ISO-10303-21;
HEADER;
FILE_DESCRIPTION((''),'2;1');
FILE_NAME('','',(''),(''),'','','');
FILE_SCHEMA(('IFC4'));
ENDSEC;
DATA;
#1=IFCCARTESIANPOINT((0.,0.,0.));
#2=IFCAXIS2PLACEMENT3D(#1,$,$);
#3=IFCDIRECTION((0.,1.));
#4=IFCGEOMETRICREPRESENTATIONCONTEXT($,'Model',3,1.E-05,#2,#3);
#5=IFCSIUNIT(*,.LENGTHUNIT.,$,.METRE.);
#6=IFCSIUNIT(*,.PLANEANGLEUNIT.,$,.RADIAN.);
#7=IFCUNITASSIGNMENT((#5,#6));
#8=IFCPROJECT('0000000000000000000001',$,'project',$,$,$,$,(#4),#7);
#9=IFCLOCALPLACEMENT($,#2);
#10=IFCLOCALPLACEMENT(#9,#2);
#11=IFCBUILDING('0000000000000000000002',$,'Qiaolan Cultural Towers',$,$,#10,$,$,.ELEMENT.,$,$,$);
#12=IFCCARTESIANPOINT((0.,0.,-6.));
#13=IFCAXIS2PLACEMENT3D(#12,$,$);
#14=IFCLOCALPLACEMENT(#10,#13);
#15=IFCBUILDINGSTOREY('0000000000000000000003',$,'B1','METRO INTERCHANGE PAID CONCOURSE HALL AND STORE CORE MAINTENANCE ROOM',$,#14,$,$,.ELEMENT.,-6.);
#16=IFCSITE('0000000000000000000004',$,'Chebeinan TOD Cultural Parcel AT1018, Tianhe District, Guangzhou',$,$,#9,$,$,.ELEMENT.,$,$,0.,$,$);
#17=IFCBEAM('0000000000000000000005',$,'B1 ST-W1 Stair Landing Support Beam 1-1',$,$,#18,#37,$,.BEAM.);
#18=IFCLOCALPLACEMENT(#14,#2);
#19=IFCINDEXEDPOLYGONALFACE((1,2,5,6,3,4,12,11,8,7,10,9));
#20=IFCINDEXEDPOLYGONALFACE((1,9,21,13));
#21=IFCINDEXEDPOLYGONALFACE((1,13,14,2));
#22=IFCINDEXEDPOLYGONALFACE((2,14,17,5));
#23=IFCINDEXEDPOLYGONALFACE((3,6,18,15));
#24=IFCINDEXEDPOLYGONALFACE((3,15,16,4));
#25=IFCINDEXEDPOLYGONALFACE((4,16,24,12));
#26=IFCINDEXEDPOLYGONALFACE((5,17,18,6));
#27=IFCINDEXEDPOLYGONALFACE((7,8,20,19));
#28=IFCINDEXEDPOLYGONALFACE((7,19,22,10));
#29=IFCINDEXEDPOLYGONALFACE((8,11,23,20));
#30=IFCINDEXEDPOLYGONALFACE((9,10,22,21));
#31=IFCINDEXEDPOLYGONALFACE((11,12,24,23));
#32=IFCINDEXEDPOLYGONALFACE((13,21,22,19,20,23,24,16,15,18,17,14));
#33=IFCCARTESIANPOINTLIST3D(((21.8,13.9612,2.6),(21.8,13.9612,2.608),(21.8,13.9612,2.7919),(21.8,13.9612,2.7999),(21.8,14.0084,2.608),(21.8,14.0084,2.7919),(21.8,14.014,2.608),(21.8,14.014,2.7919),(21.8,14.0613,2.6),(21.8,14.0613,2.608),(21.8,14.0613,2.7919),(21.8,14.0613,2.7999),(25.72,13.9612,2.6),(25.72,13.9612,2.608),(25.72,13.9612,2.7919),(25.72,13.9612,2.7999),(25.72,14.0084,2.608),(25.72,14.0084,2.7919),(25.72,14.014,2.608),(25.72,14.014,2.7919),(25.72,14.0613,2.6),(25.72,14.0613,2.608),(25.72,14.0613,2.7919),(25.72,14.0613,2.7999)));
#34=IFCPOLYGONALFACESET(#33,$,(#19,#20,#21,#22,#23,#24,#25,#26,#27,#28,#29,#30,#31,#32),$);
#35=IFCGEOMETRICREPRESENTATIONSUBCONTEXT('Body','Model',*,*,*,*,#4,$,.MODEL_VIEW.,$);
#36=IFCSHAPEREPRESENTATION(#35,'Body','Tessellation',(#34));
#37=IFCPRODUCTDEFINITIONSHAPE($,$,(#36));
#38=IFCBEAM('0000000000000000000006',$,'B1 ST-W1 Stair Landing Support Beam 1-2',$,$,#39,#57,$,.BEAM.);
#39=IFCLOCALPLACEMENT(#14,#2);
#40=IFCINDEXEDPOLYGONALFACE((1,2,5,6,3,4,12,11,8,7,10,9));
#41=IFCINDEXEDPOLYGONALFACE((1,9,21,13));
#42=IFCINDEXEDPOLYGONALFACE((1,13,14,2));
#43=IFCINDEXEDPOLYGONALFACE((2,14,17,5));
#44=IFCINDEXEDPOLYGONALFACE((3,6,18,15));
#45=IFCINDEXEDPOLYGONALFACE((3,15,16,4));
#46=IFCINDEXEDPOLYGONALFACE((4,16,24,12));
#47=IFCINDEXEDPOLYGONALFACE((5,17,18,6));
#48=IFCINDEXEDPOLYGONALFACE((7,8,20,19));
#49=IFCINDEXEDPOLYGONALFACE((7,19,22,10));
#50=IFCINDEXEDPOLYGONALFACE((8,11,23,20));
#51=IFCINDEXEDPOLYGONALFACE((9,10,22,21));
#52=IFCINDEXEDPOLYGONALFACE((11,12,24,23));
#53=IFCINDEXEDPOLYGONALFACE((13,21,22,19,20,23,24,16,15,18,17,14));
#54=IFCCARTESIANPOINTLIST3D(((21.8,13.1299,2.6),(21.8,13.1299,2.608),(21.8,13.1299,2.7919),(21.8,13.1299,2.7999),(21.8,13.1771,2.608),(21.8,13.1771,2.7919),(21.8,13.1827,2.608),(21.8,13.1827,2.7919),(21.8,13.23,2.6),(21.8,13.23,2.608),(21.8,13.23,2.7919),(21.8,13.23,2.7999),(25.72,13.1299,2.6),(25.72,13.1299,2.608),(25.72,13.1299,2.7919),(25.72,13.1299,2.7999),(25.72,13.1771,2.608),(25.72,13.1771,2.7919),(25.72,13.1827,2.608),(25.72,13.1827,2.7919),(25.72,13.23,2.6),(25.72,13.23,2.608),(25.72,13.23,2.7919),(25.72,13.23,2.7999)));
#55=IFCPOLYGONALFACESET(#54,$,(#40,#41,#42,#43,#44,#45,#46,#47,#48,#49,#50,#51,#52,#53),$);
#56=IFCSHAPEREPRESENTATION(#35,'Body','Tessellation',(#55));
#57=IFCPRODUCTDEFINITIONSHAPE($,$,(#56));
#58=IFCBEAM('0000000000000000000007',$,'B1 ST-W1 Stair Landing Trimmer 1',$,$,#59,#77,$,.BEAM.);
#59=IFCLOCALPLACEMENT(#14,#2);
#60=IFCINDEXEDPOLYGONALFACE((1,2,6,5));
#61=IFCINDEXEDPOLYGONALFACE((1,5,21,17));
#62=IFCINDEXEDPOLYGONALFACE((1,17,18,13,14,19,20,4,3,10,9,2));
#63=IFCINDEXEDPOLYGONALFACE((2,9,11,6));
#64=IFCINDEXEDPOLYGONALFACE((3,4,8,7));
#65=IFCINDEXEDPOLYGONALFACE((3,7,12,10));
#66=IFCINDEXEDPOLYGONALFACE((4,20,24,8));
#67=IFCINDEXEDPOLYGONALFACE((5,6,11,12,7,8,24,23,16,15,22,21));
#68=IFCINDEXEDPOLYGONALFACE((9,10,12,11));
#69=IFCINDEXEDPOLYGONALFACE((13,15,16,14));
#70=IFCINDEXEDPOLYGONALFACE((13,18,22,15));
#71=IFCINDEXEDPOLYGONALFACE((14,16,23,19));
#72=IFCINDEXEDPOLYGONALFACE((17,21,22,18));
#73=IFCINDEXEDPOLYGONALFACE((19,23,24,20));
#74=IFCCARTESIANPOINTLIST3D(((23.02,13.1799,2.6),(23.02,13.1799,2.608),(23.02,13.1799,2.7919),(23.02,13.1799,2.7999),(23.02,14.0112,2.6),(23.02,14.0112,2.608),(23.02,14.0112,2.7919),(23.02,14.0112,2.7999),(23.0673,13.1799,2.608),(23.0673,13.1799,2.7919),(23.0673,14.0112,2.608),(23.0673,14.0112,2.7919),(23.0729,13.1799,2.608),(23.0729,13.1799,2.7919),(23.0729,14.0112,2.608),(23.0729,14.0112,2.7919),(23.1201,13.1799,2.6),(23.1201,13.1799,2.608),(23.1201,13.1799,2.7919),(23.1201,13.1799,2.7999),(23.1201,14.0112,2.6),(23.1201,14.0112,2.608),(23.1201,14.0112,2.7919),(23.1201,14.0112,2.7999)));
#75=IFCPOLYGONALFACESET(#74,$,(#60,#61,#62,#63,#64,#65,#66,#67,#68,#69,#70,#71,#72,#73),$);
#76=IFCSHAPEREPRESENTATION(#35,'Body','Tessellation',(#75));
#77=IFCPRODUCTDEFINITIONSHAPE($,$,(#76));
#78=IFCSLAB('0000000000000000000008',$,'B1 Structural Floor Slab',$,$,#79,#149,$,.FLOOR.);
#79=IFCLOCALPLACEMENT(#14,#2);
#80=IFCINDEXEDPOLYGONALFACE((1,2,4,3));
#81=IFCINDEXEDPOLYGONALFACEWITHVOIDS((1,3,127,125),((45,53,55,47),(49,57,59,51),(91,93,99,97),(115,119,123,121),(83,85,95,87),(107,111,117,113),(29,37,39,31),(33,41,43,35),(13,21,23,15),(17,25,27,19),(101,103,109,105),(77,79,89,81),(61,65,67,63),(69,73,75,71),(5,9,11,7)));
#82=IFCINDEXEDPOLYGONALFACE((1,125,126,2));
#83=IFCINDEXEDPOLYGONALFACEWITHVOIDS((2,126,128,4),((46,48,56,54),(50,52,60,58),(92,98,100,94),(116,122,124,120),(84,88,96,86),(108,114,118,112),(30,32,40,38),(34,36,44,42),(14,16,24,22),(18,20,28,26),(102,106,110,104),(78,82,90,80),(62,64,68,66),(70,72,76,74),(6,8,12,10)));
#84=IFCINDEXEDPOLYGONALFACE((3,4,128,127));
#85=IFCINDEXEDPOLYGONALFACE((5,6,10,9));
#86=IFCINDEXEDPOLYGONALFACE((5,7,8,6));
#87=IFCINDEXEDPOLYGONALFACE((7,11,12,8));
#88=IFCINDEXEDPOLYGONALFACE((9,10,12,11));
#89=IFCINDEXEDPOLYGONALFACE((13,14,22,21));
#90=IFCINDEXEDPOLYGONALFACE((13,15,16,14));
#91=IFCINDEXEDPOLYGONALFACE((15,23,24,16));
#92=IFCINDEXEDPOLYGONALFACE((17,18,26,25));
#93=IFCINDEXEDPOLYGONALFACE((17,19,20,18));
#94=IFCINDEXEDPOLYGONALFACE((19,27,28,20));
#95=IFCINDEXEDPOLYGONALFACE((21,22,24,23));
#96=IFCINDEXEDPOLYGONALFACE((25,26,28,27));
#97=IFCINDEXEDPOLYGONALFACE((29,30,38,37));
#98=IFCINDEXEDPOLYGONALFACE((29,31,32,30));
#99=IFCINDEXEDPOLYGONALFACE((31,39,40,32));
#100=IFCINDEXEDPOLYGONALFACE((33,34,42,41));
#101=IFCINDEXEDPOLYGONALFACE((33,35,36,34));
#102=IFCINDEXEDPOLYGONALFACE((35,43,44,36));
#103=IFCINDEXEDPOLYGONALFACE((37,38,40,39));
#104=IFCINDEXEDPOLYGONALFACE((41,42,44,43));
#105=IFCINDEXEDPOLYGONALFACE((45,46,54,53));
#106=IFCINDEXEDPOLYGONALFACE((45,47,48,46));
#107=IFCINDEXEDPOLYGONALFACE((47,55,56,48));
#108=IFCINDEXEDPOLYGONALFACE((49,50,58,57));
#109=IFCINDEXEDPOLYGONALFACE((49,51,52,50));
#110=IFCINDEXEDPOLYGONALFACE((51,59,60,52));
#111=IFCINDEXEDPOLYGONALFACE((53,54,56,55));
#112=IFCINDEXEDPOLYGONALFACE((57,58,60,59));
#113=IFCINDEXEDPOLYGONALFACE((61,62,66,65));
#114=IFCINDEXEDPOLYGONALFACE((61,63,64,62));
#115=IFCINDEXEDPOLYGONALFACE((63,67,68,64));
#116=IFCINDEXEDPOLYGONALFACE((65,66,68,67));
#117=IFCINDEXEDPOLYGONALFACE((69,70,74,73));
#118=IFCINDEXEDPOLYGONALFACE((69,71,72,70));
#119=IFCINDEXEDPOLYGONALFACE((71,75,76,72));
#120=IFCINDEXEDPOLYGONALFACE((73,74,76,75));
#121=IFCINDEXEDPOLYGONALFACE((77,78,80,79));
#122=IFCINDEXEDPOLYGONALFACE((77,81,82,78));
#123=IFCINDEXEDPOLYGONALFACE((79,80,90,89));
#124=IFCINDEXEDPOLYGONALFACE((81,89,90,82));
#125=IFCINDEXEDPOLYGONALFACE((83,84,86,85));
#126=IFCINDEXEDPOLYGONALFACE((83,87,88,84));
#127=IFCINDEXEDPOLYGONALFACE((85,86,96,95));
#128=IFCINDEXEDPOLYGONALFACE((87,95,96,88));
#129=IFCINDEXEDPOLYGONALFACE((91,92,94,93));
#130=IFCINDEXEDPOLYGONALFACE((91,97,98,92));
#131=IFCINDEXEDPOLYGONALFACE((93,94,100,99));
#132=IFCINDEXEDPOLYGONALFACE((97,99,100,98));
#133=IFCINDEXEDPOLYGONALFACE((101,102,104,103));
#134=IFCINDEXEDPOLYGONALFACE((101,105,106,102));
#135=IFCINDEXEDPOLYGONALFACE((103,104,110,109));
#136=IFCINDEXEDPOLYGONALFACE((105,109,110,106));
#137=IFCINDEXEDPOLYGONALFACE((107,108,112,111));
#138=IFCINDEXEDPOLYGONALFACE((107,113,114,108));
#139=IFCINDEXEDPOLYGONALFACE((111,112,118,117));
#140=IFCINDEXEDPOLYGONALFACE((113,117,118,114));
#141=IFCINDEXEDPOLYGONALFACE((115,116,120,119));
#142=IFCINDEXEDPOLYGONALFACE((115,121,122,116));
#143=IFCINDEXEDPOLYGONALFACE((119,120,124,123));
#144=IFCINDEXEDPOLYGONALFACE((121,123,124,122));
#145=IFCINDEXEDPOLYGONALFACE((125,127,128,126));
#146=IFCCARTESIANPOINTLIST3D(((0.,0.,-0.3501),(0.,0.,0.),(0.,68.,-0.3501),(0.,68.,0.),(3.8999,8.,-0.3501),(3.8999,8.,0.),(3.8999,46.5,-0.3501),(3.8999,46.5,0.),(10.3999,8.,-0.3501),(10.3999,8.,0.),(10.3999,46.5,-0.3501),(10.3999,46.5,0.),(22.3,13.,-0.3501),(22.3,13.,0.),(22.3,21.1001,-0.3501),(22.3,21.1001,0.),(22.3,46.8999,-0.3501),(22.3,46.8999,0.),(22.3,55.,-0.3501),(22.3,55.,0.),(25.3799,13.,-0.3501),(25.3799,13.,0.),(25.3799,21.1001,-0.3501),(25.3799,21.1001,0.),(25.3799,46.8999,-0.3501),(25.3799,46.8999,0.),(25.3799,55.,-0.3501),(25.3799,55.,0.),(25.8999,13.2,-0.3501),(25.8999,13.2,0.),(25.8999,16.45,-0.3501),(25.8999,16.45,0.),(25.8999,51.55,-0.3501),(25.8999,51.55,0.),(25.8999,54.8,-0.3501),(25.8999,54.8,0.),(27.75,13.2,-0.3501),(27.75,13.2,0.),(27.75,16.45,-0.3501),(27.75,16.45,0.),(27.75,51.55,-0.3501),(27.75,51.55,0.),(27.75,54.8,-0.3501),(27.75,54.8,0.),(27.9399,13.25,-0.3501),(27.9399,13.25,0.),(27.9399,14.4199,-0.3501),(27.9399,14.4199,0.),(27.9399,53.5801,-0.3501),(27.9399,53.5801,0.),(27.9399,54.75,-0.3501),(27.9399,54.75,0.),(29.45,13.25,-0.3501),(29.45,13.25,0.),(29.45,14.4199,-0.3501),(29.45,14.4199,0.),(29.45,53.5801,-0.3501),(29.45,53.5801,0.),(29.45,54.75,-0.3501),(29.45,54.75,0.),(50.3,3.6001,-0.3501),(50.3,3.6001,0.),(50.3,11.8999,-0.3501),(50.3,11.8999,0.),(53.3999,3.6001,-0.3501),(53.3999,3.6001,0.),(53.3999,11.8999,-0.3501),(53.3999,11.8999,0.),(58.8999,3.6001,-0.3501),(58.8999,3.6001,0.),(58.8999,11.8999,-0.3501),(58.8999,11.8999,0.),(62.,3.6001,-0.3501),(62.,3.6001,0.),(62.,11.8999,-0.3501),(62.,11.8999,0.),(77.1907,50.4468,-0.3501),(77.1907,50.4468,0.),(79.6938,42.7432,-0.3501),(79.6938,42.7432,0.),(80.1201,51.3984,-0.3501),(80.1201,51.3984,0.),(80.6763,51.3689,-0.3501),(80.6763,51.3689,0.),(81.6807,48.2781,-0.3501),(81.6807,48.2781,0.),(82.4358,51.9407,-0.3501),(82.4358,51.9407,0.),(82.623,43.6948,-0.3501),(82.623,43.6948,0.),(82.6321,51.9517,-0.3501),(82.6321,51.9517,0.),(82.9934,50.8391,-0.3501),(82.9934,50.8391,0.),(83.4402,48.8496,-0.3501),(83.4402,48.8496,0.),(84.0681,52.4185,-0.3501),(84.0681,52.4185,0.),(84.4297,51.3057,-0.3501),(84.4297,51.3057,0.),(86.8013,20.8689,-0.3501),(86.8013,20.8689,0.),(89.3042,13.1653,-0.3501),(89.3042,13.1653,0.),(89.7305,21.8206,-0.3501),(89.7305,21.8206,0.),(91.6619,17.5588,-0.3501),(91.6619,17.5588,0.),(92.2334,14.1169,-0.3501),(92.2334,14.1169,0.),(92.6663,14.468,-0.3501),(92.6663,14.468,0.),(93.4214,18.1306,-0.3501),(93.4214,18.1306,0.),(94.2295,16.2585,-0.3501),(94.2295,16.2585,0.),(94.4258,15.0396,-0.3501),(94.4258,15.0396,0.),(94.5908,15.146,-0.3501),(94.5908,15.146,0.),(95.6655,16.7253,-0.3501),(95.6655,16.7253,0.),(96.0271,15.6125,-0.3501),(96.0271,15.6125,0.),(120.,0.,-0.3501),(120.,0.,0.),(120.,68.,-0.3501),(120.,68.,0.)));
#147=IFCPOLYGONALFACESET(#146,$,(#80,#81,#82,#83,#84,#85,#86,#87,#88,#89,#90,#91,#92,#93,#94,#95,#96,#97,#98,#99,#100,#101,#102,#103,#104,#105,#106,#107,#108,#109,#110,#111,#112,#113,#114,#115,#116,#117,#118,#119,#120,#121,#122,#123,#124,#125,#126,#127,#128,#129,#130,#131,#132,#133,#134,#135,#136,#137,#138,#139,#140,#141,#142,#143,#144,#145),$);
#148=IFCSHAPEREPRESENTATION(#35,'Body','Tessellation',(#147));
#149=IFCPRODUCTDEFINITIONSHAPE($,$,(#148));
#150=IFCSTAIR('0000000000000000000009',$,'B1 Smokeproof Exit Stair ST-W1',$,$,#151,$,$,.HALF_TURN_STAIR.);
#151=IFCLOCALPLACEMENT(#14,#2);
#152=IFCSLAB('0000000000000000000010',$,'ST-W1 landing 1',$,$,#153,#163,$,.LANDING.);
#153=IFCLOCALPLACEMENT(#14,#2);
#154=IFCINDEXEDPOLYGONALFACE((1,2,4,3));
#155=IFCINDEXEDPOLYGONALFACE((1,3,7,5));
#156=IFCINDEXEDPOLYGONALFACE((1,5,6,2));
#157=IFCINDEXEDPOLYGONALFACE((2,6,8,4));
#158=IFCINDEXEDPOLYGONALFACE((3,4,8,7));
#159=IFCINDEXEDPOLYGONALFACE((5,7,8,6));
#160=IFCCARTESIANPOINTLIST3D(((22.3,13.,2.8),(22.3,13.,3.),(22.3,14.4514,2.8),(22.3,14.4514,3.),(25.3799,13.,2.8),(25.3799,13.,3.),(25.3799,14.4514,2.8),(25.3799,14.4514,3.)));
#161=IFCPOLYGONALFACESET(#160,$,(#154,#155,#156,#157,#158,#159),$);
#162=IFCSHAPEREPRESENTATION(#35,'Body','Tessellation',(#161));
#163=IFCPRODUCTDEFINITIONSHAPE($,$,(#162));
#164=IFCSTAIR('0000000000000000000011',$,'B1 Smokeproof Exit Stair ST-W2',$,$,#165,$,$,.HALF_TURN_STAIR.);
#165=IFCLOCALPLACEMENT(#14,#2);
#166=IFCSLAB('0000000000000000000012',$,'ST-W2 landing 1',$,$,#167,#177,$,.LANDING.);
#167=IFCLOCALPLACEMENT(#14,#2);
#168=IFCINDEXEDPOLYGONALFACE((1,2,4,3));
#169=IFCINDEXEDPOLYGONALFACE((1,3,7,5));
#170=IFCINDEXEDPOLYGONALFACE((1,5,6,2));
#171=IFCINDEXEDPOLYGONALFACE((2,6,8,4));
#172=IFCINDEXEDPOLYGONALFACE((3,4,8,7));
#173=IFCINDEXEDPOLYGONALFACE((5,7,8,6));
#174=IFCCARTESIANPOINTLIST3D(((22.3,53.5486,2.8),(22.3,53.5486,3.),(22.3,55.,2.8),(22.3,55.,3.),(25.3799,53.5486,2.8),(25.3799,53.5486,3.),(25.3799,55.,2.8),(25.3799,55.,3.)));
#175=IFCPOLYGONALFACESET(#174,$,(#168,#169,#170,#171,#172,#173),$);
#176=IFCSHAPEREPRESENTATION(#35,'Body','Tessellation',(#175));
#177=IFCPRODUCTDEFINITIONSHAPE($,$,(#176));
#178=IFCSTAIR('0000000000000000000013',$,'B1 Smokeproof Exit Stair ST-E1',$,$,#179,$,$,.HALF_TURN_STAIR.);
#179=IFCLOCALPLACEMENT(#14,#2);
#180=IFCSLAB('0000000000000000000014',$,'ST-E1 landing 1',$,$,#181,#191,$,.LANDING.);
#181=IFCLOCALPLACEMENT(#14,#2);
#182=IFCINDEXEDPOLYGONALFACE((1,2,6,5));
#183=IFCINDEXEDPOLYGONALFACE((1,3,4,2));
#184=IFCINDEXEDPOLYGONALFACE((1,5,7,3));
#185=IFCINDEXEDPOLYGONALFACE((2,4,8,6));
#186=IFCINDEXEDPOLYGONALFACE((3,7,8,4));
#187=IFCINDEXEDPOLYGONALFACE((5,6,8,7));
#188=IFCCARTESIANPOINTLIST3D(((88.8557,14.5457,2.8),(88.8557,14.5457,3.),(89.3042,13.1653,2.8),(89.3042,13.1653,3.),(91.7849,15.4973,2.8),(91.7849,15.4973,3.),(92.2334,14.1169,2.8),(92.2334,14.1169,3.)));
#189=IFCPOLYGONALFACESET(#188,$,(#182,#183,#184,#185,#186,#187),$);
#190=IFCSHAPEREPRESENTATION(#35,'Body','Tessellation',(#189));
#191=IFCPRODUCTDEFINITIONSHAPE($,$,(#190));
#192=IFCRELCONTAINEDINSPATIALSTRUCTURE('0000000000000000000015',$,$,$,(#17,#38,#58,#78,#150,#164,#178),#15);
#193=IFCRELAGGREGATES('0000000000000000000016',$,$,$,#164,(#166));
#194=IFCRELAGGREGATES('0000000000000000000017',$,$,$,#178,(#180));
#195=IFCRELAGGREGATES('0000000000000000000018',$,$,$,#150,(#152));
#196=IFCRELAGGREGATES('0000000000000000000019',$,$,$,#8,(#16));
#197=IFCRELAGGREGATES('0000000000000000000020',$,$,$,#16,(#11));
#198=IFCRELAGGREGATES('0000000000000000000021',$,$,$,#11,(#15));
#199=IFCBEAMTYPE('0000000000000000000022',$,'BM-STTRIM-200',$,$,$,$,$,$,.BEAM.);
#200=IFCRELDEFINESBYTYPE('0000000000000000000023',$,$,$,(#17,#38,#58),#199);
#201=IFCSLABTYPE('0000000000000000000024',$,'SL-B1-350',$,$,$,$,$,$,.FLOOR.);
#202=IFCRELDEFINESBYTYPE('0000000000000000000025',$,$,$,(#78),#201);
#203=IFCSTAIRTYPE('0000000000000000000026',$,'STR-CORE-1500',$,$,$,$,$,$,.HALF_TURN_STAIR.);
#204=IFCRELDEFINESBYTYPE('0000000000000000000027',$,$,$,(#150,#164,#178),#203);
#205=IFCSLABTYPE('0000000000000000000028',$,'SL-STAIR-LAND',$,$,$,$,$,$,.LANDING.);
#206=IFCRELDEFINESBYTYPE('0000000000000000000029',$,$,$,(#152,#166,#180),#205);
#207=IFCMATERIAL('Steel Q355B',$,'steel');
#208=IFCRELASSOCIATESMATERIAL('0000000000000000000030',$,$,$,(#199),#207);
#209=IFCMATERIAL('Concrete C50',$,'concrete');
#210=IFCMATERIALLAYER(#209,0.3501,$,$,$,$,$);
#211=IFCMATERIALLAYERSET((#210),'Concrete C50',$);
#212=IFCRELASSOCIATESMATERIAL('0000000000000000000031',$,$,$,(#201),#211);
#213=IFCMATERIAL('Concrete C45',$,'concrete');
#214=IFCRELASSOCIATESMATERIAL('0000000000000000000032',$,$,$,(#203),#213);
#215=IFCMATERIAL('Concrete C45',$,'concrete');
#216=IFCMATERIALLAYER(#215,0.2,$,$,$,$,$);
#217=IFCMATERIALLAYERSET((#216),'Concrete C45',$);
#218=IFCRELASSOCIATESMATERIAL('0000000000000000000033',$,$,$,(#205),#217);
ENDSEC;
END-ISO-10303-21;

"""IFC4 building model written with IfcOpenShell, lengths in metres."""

from ifc_helpers import new_model, si_unit, direction, frame, origin, origin_2d, place, context, subcontext, project, spatial, polyline, i_section, outline, extrude, material, layer, layer_set, material_profile, profile_set, type_object, element, aggregate, save


model = new_model("IFC4")

# Units and contexts
model_context = context("Model", 3, precision=1e-05, world=origin(), true_north=direction((0.0, 1.0)))
body_context = subcontext(model_context, "Body", "Model", "MODEL_VIEW")
ifc_project = project(units=[si_unit("LENGTHUNIT", "METRE"), si_unit("PLANEANGLEUNIT", "RADIAN")], contexts=[model_context])

# Site, building, storey
site_placement = place(None, origin())
site = spatial("IfcSite", under=ifc_project, at=site_placement, Name="Chebeinan TOD Cultural Parcel AT1018, Tianhe District, Guangzhou", CompositionType="ELEMENT", RefElevation=0.0)
building_placement = place(site_placement, origin())
building = spatial("IfcBuilding", under=site, at=building_placement, Name="Qiaolan Cultural Towers", CompositionType="ELEMENT")
storey_placement = place(building_placement, frame((0.0, 0.0, -6.0)))
storey = spatial("IfcBuildingStorey", under=building, at=storey_placement, Name="B1", Description="METRO INTERCHANGE PAID CONCOURSE HALL AND STORE CORE MAINTENANCE ROOM", CompositionType="ELEMENT", Elevation=-6.0)

# Beams
ifc_material_1 = material(Name="Steel Q355B", Category="steel")
ifc_material_profile_1 = material_profile(ifc_material_1, i_section(OverallWidth=0.1001, OverallDepth=0.2, WebThickness=0.0056, FlangeThickness=0.0081, at=origin_2d()), Name="HN200x100x5.5x8")
ifc_profile_set_1 = profile_set([ifc_material_profile_1], Name="Steel Q355B")
beam_type_1 = type_object("IfcBeamType", Name="BM-STTRIM-200", PredefinedType="BEAM", material=ifc_profile_set_1)
for number, where, z_axis, x_axis, name in (
    (1, (21.8, 14.0112, 2.7), (1.0, 0.0, 0.0), (0.0, 1.0, 0.0), "B1 ST-W1 Stair Landing Support Beam 1-1"),
    (2, (21.8, 13.1799, 2.7), (1.0, 0.0, 0.0), (0.0, 1.0, 0.0), "B1 ST-W1 Stair Landing Support Beam 1-2"),
):
    element("IfcBeam", number, at=place(storey_placement, frame(where, z_axis=z_axis, x_axis=x_axis)), inside=storey, type_object=beam_type_1, Name=name, PredefinedType="BEAM", context=body_context, shape_type="SweptSolid", body=[
        extrude(i_section(OverallWidth=0.1001, OverallDepth=0.2, WebThickness=0.0056, FlangeThickness=0.0081, at=origin_2d()), origin(), (0.0, 0.0, 1.0), 3.9199),
    ])
beam_1_placement = place(storey_placement, frame((23.0701, 14.0112, 2.7), z_axis=(0.0, -1.0, 0.0), x_axis=(1.0, 0.0, 0.0)))
element("IfcBeam", 3, at=beam_1_placement, inside=storey, type_object=beam_type_1, Name="B1 ST-W1 Stair Landing Trimmer 1", PredefinedType="BEAM", context=body_context, shape_type="SweptSolid", body=[
    extrude(i_section(OverallWidth=0.1001, OverallDepth=0.2, WebThickness=0.0056, FlangeThickness=0.0081, at=origin_2d()), origin(), (0.0, 0.0, 1.0), 0.8313),
])

# Slab
ifc_material_2 = material(Name="Concrete C50", Category="concrete")
ifc_layer_1 = layer(ifc_material_2, 0.3501)
ifc_layer_set_1 = layer_set([ifc_layer_1], Name="Concrete C50")
slab_type_1 = type_object("IfcSlabType", Name="SL-B1-350", PredefinedType="FLOOR", material=ifc_layer_set_1)
slab_1_placement = place(storey_placement, frame((0.0, 0.0, -0.3501)))
element("IfcSlab", 4, at=slab_1_placement, inside=storey, type_object=slab_type_1, Name="B1 Structural Floor Slab", PredefinedType="FLOOR", context=body_context, shape_type="SweptSolid", body=[
    extrude(outline(polyline([(0.0, 0.0), (120.0, 0.0), (120.0, 68.0), (0.0, 68.0), (0.0, 0.0)]), holes=[polyline([(22.3, 21.1001), (22.3, 13.0), (25.3799, 13.0), (25.3799, 21.1001), (22.3, 21.1001)]), polyline([(25.3799, 46.8999), (25.3799, 55.0), (22.3, 55.0), (22.3, 46.8999), (25.3799, 46.8999)]), polyline([(86.8013, 20.8689), (89.3042, 13.1653), (92.2334, 14.1169), (89.7305, 21.8206), (86.8013, 20.8689)]), polyline([(82.623, 43.6948), (80.1201, 51.3984), (77.1907, 50.4468), (79.6938, 42.7432), (82.623, 43.6948)]), polyline([(53.3999, 3.6001), (53.3999, 11.8999), (50.3, 11.8999), (50.3, 3.6001), (53.3999, 3.6001)]), polyline([(62.0, 3.6001), (62.0, 11.8999), (58.8999, 11.8999), (58.8999, 3.6001), (62.0, 3.6001)]), polyline([(25.8999, 13.2), (27.75, 13.2), (27.75, 16.45), (25.8999, 16.45), (25.8999, 13.2)]), polyline([(27.9399, 13.25), (29.45, 13.25), (29.45, 14.4199), (27.9399, 14.4199), (27.9399, 13.25)]), polyline([(25.8999, 51.55), (27.75, 51.55), (27.75, 54.8), (25.8999, 54.8), (25.8999, 51.55)]), polyline([(27.9399, 53.5801), (29.45, 53.5801), (29.45, 54.75), (27.9399, 54.75), (27.9399, 53.5801)]), polyline([(92.6663, 14.468), (94.4258, 15.0396), (93.4214, 18.1306), (91.6619, 17.5588), (92.6663, 14.468)]), polyline([(94.5908, 15.146), (96.0271, 15.6125), (95.6655, 16.7253), (94.2295, 16.2585), (94.5908, 15.146)]), polyline([(81.6807, 48.2781), (83.4402, 48.8496), (82.4358, 51.9407), (80.6763, 51.3689), (81.6807, 48.2781)]), polyline([(82.9934, 50.8391), (84.4297, 51.3057), (84.0681, 52.4185), (82.6321, 51.9517), (82.9934, 50.8391)]), polyline([(3.8999, 8.0), (10.3999, 8.0), (10.3999, 46.5), (3.8999, 46.5), (3.8999, 8.0)])]), origin(), (0.0, 0.0, 1.0), 0.3501),
])

# Stairs, slabs
ifc_material_3 = material(Name="Concrete C45", Category="concrete")
stair_type_1 = type_object("IfcStairType", Name="STR-CORE-1500", PredefinedType="HALF_TURN_STAIR", material=ifc_material_3)
stair_1_placement = place(storey_placement, origin())
stair_1 = element("IfcStair", 5, at=stair_1_placement, inside=storey, type_object=stair_type_1, Name="B1 Smokeproof Exit Stair ST-W1", PredefinedType="HALF_TURN_STAIR")
ifc_material_4 = material(Name="Concrete C45", Category="concrete")
ifc_layer_2 = layer(ifc_material_4, 0.2)
ifc_layer_set_2 = layer_set([ifc_layer_2], Name="Concrete C45")
slab_type_2 = type_object("IfcSlabType", Name="SL-STAIR-LAND", PredefinedType="LANDING", material=ifc_layer_set_2)
slab_2_placement = place(storey_placement, frame((0.0, 0.0, 2.8)))
slab_2 = element("IfcSlab", 6, at=slab_2_placement, type_object=slab_type_2, Name="ST-W1 landing 1", PredefinedType="LANDING", context=body_context, shape_type="SweptSolid", body=[
    extrude(outline(polyline([(22.3, 14.4514), (22.3, 13.0), (25.3799, 13.0), (25.3799, 14.4514), (22.3, 14.4514)])), origin(), (0.0, 0.0, 1.0), 0.2),
])
stair_2_placement = place(storey_placement, origin())
stair_2 = element("IfcStair", 7, at=stair_2_placement, inside=storey, type_object=stair_type_1, Name="B1 Smokeproof Exit Stair ST-W2", PredefinedType="HALF_TURN_STAIR")
slab_3_placement = place(storey_placement, frame((0.0, 0.0, 2.8)))
slab_3 = element("IfcSlab", 8, at=slab_3_placement, type_object=slab_type_2, Name="ST-W2 landing 1", PredefinedType="LANDING", context=body_context, shape_type="SweptSolid", body=[
    extrude(outline(polyline([(25.3799, 53.5486), (25.3799, 55.0), (22.3, 55.0), (22.3, 53.5486), (25.3799, 53.5486)])), origin(), (0.0, 0.0, 1.0), 0.2),
])
aggregate(stair_2, [slab_3])
stair_3_placement = place(storey_placement, origin())
stair_3 = element("IfcStair", 9, at=stair_3_placement, inside=storey, type_object=stair_type_1, Name="B1 Smokeproof Exit Stair ST-E1", PredefinedType="HALF_TURN_STAIR")
slab_4_placement = place(storey_placement, frame((0.0, 0.0, 2.8)))
slab_4 = element("IfcSlab", 10, at=slab_4_placement, type_object=slab_type_2, Name="ST-E1 landing 1", PredefinedType="LANDING", context=body_context, shape_type="SweptSolid", body=[
    extrude(outline(polyline([(88.8557, 14.5457), (89.3042, 13.1653), (92.2334, 14.1169), (91.7849, 15.4973), (88.8557, 14.5457)])), origin(), (0.0, 0.0, 1.0), 0.2),
])
aggregate(stair_3, [slab_4])

aggregate(stair_1, [slab_2])

save(model, "model.ifc")
